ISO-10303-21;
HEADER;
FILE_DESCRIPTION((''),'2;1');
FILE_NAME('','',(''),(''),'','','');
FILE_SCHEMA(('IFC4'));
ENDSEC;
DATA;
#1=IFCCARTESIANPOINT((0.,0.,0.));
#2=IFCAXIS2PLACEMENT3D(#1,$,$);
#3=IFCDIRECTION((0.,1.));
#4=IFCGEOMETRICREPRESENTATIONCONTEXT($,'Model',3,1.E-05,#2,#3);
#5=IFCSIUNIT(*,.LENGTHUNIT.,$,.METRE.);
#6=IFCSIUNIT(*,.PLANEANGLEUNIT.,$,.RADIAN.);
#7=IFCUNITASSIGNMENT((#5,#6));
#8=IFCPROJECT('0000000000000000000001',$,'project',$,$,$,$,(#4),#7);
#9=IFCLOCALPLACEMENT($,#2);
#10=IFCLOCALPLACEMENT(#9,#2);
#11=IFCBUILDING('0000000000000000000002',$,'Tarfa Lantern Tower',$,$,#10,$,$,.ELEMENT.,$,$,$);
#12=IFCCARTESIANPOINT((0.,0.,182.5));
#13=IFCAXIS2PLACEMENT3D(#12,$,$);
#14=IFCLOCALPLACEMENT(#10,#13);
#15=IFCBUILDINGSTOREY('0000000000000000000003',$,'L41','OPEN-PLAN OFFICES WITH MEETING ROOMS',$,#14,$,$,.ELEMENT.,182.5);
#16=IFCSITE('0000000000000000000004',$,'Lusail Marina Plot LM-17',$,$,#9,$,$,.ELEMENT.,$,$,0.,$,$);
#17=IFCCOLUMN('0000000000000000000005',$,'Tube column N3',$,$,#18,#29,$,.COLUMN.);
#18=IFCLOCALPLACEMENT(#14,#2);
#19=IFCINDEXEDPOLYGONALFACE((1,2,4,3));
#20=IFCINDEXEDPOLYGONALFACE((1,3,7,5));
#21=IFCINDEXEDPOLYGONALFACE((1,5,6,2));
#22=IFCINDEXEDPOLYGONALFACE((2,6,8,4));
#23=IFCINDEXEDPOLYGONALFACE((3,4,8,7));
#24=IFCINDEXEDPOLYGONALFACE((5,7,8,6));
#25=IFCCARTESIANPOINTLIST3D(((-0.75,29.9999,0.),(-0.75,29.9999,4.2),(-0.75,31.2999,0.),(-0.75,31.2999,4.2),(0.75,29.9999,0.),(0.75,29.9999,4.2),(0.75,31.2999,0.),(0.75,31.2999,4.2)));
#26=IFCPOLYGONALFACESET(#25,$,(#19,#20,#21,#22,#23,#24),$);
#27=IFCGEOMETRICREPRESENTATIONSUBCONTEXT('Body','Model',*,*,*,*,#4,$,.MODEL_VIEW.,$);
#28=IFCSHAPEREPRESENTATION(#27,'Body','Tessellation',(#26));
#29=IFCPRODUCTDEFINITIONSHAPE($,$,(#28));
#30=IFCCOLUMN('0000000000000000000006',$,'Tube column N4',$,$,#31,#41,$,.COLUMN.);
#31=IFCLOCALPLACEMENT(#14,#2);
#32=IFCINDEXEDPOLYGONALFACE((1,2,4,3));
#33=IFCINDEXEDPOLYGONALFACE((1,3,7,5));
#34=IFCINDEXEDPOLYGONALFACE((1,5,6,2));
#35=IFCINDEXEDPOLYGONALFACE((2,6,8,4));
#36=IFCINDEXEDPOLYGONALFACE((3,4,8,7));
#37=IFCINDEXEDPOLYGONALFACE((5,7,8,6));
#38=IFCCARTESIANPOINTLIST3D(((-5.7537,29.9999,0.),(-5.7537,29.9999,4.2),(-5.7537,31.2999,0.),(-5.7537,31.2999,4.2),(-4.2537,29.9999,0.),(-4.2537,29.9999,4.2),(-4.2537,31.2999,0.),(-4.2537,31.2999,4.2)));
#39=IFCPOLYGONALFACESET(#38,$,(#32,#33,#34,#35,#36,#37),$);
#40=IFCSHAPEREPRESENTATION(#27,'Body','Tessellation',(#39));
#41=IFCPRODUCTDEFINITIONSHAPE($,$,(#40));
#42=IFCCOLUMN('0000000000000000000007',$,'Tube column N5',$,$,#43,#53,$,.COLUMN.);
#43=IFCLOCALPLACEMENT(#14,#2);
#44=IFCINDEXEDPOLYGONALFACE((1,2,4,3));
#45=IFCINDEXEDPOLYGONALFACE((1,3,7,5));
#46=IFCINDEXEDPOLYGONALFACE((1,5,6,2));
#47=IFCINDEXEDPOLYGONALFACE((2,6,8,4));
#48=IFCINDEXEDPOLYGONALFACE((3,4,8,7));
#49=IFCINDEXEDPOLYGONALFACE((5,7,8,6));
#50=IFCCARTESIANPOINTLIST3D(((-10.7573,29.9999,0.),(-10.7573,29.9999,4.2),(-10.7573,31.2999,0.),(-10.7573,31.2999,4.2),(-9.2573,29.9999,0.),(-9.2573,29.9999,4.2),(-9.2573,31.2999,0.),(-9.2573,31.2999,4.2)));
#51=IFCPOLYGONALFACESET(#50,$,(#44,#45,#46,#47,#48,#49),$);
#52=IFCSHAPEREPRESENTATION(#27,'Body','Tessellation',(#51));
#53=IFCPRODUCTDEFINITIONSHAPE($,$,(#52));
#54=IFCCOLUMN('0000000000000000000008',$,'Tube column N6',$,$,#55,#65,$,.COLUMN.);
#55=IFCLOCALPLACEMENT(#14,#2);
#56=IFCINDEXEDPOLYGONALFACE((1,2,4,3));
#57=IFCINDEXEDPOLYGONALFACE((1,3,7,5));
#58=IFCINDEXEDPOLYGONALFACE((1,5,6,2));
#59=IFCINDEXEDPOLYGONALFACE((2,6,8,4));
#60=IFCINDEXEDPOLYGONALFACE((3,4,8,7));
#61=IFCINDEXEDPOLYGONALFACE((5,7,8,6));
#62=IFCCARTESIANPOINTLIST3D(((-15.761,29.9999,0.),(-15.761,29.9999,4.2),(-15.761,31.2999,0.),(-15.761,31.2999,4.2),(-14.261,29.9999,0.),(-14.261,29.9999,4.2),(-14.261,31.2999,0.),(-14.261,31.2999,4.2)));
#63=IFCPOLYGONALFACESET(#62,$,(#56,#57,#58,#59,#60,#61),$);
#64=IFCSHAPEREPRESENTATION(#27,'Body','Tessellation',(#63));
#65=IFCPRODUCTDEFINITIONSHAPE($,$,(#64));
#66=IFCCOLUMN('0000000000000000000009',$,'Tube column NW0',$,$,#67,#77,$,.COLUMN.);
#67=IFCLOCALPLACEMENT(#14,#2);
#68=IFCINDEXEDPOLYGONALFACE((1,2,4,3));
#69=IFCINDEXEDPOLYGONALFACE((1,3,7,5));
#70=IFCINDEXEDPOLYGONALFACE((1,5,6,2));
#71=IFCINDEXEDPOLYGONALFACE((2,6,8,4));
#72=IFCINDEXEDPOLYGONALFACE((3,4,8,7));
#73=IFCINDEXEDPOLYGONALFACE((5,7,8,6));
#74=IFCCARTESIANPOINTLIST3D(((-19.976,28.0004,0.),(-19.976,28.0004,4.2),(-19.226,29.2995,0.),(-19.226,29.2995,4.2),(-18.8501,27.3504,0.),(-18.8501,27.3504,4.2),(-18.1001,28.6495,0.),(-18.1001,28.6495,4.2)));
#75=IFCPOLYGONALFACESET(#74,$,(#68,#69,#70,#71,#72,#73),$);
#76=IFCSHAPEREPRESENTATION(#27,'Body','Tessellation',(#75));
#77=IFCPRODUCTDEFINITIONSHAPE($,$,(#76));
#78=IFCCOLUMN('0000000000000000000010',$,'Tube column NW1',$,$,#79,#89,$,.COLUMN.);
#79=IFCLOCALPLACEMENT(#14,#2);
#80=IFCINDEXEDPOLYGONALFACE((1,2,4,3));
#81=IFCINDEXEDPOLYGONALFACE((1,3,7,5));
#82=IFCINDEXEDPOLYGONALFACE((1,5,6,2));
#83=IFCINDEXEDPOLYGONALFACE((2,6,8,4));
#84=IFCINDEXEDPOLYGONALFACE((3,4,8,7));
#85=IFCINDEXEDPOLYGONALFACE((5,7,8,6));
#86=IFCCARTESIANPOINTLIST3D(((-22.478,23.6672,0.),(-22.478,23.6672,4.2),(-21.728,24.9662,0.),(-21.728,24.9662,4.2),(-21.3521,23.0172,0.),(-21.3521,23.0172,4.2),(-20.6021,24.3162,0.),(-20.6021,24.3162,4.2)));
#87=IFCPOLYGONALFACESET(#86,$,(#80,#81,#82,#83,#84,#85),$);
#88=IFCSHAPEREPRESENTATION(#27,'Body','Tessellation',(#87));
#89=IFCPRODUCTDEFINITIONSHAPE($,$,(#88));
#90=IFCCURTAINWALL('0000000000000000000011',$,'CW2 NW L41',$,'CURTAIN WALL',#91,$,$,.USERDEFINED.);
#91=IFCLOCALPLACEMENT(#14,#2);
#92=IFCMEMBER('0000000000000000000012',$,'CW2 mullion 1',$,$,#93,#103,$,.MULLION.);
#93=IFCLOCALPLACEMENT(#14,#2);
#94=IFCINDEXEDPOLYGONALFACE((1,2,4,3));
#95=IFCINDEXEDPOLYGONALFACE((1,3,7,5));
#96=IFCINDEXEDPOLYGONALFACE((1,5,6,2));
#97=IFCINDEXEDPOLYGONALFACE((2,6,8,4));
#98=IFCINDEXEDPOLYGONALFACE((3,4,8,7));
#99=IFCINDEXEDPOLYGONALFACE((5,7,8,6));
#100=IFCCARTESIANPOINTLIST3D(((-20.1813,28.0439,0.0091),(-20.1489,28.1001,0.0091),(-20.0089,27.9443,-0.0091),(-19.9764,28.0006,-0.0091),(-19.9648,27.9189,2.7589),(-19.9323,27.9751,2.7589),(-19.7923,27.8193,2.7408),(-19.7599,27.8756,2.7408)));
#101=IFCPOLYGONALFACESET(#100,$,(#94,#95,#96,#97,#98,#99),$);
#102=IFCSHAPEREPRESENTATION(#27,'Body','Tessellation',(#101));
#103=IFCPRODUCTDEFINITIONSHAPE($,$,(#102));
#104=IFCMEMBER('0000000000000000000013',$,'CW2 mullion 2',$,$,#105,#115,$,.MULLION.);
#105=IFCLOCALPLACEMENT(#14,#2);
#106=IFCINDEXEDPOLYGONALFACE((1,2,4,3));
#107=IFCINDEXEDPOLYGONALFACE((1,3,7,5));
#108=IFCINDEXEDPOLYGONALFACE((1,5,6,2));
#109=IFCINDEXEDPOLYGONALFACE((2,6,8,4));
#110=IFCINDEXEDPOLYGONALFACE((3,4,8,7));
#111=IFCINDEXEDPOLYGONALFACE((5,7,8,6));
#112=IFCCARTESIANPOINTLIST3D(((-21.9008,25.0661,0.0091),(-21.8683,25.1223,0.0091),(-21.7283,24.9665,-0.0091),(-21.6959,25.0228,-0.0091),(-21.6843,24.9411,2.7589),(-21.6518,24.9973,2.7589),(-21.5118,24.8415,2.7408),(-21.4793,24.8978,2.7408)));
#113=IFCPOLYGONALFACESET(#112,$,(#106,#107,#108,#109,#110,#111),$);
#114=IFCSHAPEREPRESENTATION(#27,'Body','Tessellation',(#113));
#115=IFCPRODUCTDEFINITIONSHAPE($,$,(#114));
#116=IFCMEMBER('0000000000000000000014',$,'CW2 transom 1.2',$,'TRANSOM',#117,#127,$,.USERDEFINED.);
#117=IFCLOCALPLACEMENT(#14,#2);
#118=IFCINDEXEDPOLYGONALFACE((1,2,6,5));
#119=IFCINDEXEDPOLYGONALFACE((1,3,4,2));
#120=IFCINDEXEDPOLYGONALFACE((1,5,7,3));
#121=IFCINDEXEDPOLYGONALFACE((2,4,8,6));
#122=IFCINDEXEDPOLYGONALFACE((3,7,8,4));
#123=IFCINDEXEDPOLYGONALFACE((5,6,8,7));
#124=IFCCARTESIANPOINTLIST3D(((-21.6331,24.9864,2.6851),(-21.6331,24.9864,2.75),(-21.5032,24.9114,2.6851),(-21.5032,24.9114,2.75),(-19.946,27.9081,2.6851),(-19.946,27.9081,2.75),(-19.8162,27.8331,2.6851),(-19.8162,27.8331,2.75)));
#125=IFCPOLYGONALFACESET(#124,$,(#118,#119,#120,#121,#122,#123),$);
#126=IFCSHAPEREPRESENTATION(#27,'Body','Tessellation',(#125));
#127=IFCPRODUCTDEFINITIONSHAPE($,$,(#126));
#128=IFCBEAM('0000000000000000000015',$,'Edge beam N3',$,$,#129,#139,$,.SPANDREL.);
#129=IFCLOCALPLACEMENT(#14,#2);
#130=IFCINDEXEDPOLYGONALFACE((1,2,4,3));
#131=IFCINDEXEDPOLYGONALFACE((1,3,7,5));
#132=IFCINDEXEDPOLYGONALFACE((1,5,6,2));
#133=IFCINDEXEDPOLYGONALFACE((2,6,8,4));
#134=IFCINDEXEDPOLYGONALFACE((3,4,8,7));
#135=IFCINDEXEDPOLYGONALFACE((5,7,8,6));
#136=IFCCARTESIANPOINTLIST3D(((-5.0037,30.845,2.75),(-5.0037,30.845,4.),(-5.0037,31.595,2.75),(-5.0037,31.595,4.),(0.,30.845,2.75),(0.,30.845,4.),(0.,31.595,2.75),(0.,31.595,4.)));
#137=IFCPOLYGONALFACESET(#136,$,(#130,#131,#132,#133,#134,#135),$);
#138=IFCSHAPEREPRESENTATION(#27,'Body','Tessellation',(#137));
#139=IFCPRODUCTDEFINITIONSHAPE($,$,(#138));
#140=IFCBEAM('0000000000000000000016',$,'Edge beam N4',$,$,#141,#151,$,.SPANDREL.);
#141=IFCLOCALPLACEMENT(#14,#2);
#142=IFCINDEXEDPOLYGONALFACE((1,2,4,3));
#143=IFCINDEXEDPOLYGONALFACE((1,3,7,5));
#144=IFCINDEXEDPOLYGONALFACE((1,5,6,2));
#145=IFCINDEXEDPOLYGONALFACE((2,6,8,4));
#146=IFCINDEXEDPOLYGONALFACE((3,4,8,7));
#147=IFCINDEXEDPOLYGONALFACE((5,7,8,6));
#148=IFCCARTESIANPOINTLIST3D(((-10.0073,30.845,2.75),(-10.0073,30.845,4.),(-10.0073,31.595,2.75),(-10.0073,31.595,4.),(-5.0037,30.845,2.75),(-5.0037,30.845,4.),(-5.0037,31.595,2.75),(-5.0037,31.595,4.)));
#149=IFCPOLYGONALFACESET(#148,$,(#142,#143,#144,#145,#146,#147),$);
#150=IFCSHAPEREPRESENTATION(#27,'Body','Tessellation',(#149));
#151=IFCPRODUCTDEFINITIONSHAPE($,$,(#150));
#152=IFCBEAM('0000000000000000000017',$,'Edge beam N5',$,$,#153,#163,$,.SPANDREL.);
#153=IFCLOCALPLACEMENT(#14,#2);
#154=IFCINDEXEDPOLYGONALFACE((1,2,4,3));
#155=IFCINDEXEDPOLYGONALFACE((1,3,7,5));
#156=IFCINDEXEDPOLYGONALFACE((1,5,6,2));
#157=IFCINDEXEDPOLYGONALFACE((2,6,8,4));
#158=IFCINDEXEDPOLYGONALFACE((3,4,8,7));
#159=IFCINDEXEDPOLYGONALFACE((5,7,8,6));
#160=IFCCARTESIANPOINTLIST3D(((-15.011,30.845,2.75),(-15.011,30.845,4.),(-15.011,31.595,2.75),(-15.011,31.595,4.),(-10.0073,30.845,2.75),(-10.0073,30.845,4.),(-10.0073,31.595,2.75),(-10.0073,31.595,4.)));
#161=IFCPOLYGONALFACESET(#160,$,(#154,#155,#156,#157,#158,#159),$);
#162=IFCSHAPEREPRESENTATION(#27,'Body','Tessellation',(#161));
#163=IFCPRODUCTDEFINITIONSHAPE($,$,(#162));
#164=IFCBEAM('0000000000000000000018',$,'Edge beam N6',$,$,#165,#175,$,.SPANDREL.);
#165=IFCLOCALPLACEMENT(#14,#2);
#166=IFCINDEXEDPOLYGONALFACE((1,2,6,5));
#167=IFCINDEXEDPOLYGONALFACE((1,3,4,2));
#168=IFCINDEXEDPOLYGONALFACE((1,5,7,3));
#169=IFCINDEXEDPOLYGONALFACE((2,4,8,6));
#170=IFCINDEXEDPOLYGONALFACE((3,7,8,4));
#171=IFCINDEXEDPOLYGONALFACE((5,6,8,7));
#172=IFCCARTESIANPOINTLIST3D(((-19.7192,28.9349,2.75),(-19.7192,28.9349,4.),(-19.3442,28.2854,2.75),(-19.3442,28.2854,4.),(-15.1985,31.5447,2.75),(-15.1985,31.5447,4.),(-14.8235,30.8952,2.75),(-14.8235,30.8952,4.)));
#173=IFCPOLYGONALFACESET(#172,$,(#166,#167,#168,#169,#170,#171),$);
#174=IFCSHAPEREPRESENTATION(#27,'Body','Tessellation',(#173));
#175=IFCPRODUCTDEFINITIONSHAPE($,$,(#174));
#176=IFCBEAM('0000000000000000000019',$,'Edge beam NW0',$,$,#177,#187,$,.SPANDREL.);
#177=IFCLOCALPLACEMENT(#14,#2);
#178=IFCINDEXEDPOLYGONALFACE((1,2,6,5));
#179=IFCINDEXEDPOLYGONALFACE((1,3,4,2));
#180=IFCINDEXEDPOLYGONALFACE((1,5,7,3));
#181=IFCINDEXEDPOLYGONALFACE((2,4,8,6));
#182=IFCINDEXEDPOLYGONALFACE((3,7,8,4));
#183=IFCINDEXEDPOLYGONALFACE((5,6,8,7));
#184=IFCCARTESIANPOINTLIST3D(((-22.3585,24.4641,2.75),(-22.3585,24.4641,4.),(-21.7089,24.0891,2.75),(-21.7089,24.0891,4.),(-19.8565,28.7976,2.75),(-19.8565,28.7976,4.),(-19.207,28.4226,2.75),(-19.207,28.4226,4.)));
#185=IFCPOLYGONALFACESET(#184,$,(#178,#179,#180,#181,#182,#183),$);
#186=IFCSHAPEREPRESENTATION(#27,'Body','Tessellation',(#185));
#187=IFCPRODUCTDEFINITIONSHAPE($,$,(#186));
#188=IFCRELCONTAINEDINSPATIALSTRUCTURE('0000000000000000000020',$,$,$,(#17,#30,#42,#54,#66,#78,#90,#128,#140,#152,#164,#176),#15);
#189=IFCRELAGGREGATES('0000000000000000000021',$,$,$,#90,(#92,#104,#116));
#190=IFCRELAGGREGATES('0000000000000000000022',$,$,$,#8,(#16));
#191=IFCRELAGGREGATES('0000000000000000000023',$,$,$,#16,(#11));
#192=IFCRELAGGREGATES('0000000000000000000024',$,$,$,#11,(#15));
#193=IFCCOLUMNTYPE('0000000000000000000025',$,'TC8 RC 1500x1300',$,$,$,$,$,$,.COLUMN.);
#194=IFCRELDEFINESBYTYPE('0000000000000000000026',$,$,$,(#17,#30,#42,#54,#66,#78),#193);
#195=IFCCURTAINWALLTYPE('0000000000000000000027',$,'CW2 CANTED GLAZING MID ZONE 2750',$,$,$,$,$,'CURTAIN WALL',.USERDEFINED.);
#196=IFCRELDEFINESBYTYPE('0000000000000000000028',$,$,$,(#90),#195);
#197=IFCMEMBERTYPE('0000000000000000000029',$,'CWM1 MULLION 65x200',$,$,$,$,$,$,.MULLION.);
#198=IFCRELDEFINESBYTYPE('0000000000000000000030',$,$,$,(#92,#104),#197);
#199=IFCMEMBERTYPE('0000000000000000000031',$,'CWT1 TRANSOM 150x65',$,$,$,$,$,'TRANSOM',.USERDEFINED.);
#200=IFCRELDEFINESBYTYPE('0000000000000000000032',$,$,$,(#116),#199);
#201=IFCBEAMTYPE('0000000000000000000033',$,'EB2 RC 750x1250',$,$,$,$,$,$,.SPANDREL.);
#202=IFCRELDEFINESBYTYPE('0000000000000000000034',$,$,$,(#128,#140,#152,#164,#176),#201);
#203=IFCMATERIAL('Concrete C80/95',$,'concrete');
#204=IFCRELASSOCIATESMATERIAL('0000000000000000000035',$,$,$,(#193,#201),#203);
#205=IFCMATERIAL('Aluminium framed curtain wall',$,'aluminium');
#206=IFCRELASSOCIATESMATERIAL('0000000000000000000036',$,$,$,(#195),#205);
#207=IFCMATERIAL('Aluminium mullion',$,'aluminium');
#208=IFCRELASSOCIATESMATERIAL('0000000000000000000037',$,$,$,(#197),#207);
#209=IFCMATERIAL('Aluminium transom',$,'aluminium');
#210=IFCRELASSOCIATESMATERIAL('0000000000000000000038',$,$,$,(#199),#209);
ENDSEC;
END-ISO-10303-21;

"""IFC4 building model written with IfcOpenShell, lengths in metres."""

from ifc_helpers import new_model, si_unit, direction, frame, origin, origin_2d, place, context, subcontext, project, spatial, rectangle, extrude, material, material_profile, profile_set, type_object, element, aggregate, save


model = new_model("IFC4")

# Units and contexts
model_context = context("Model", 3, precision=1e-05, world=origin(), true_north=direction((0.0, 1.0)))
body_context = subcontext(model_context, "Body", "Model", "MODEL_VIEW")
ifc_project = project(units=[si_unit("LENGTHUNIT", "METRE"), si_unit("PLANEANGLEUNIT", "RADIAN")], contexts=[model_context])

# Site, building, storey
site_placement = place(None, origin())
site = spatial("IfcSite", under=ifc_project, at=site_placement, Name="Lusail Marina Plot LM-17", CompositionType="ELEMENT", RefElevation=0.0)
building_placement = place(site_placement, origin())
building = spatial("IfcBuilding", under=site, at=building_placement, Name="Tarfa Lantern Tower", CompositionType="ELEMENT")
storey_placement = place(building_placement, frame((0.0, 0.0, 182.5)))
storey = spatial("IfcBuildingStorey", under=building, at=storey_placement, Name="L41", Description="OPEN-PLAN OFFICES WITH MEETING ROOMS", CompositionType="ELEMENT", Elevation=182.5)

# Columns
ifc_material_1 = material(Name="Concrete C80/95", Category="concrete")
ifc_material_profile_1 = material_profile(ifc_material_1, rectangle(XDim=1.5, YDim=1.3, at=origin_2d()), Name="RC 1500x1300")
ifc_profile_set_1 = profile_set([ifc_material_profile_1], Name="Concrete C80/95")
column_type = type_object("IfcColumnType", Name="TC8 RC 1500x1300", PredefinedType="COLUMN", material=ifc_profile_set_1)
for number, where, z_axis, x_axis, name in (
    (1, (0.0, 30.6499, 0.0), (0.0, 0.0, 1.0), (-1.0, 0.0, 0.0), "Tube column N3"),
    (2, (-5.0037, 30.6499, 0.0), (0.0, 0.0, 1.0), (-1.0, 0.0, 0.0), "Tube column N4"),
    (3, (-10.0073, 30.6499, 0.0), (0.0, 0.0, 1.0), (-1.0, 0.0, 0.0), "Tube column N5"),
    (4, (-15.011, 30.6499, 0.0), (0.0, 0.0, 1.0), (-1.0, 0.0, 0.0), "Tube column N6"),
    (5, (-19.0381, 28.325, 0.0), (0.0, 0.0, 1.0), (-0.5, -0.866025, 0.0), "Tube column NW0"),
    (6, (-21.54, 23.9917, 0.0), (0.0, 0.0, 1.0), (-0.5, -0.866025, 0.0), "Tube column NW1"),
):
    element("IfcColumn", number, at=place(storey_placement, frame(where, z_axis=z_axis, x_axis=x_axis)), inside=storey, type_object=column_type, Name=name, PredefinedType="COLUMN", context=body_context, shape_type="SweptSolid", body=[
        extrude(rectangle(XDim=1.5, YDim=1.3, at=origin_2d()), origin(), (0.0, 0.0, 1.0), 4.2),
    ])

# Curtain wall, members
ifc_material_2 = material(Name="Aluminium framed curtain wall", Category="aluminium")
curtain_wall_type = type_object("IfcCurtainWallType", Name="CW2 CANTED GLAZING MID ZONE 2750", ElementType="CURTAIN WALL", PredefinedType="USERDEFINED", material=ifc_material_2)
curtain_wall_placement = place(storey_placement, origin())
curtain_wall = element("IfcCurtainWall", 7, at=curtain_wall_placement, inside=storey, type_object=curtain_wall_type, Name="CW2 NW L41", ObjectType="CURTAIN WALL", PredefinedType="USERDEFINED")
ifc_material_3 = material(Name="Aluminium mullion", Category="aluminium")
ifc_material_profile_2 = material_profile(ifc_material_3, rectangle(XDim=0.0649, YDim=0.2, at=origin_2d()), Name="AL MULLION 65x200")
ifc_profile_set_2 = profile_set([ifc_material_profile_2], Name="Aluminium mullion")
member_type_1 = type_object("IfcMemberType", Name="CWM1 MULLION 65x200", PredefinedType="MULLION", material=ifc_profile_set_2)
member_1_placement = place(storey_placement, frame((-20.0789, 28.0222, 0.0), z_axis=(0.078423, -0.045268, 0.995892), x_axis=(0.49992, 0.866072, 0.0)))
member_1 = element("IfcMember", 8, at=member_1_placement, type_object=member_type_1, Name="CW2 mullion 1", PredefinedType="MULLION", context=body_context, shape_type="SweptSolid", body=[
    extrude(rectangle(XDim=0.0649, YDim=0.2, at=origin_2d()), origin(), (0.0, 0.0, 1.0), 2.7612),
])
member_2_placement = place(storey_placement, frame((-21.7983, 25.0444, 0.0), z_axis=(0.078423, -0.045268, 0.995892), x_axis=(0.49992, 0.866072, 0.0)))
member_2 = element("IfcMember", 9, at=member_2_placement, type_object=member_type_1, Name="CW2 mullion 2", PredefinedType="MULLION", context=body_context, shape_type="SweptSolid", body=[
    extrude(rectangle(XDim=0.0649, YDim=0.2, at=origin_2d()), origin(), (0.0, 0.0, 1.0), 2.7612),
])
ifc_material_4 = material(Name="Aluminium transom", Category="aluminium")
ifc_material_profile_3 = material_profile(ifc_material_4, rectangle(XDim=0.1499, YDim=0.0649, at=origin_2d()), Name="AL TRANSOM 150x65")
ifc_profile_set_3 = profile_set([ifc_material_profile_3], Name="Aluminium transom")
member_type_2 = type_object("IfcMemberType", Name="CWT1 TRANSOM 150x65", ElementType="TRANSOM", PredefinedType="USERDEFINED", material=ifc_profile_set_3)
member_3_placement = place(storey_placement, frame((-19.8811, 27.8706, 2.7175), z_axis=(-0.500046, -0.865999, 0.0), x_axis=(0.865999, -0.500046, 0.0)))
member_3 = element("IfcMember", 10, at=member_3_placement, type_object=member_type_2, Name="CW2 transom 1.2", ObjectType="TRANSOM", PredefinedType="USERDEFINED", context=body_context, shape_type="SweptSolid", body=[
    extrude(rectangle(XDim=0.1499, YDim=0.0649, at=origin_2d()), origin(), (0.0, 0.0, 1.0), 3.3738),
])

# Beams
ifc_material_profile_4 = material_profile(ifc_material_1, rectangle(XDim=0.75, YDim=1.25, at=origin_2d()), Name="RC 750x1250")
ifc_profile_set_4 = profile_set([ifc_material_profile_4], Name="Concrete C80/95")
beam_type_1 = type_object("IfcBeamType", Name="EB2 RC 750x1250", PredefinedType="SPANDREL", material=ifc_profile_set_4)
for number, where, z_axis, x_axis, name in (
    (11, (0.0, 31.22, 3.375), (-1.0, 0.0, 0.0), (0.0, -1.0, 0.0), "Edge beam N3"),
    (12, (-5.0037, 31.22, 3.375), (-1.0, 0.0, 0.0), (0.0, -1.0, 0.0), "Edge beam N4"),
    (13, (-10.0073, 31.22, 3.375), (-1.0, 0.0, 0.0), (0.0, -1.0, 0.0), "Edge beam N5"),
):
    element("IfcBeam", number, at=place(storey_placement, frame(where, z_axis=z_axis, x_axis=x_axis)), inside=storey, type_object=beam_type_1, Name=name, PredefinedType="SPANDREL", context=body_context, shape_type="SweptSolid", body=[
        extrude(rectangle(XDim=0.75, YDim=1.25, at=origin_2d()), origin(), (0.0, 0.0, 1.0), 5.0037),
    ])
beam_1_placement = place(storey_placement, frame((-15.011, 31.22, 3.375), z_axis=(-0.866042, -0.499972, 0.0), x_axis=(0.499972, -0.866042, 0.0)))
element("IfcBeam", 14, at=beam_1_placement, inside=storey, type_object=beam_type_1, Name="Edge beam N6", PredefinedType="SPANDREL", context=body_context, shape_type="SweptSolid", body=[
    extrude(rectangle(XDim=0.75, YDim=1.25, at=origin_2d()), origin(), (0.0, 0.0, 1.0), 5.22),
])
beam_2_placement = place(storey_placement, frame((-19.5317, 28.6101, 3.375), z_axis=(-0.500001, -0.866025, 0.0), x_axis=(0.866025, -0.500001, 0.0)))
element("IfcBeam", 15, at=beam_2_placement, inside=storey, type_object=beam_type_1, Name="Edge beam NW0", PredefinedType="SPANDREL", context=body_context, shape_type="SweptSolid", body=[
    extrude(rectangle(XDim=0.75, YDim=1.25, at=origin_2d()), origin(), (0.0, 0.0, 1.0), 5.0039),
])

aggregate(curtain_wall, [member_1, member_2, member_3])

save(model, "model.ifc")
